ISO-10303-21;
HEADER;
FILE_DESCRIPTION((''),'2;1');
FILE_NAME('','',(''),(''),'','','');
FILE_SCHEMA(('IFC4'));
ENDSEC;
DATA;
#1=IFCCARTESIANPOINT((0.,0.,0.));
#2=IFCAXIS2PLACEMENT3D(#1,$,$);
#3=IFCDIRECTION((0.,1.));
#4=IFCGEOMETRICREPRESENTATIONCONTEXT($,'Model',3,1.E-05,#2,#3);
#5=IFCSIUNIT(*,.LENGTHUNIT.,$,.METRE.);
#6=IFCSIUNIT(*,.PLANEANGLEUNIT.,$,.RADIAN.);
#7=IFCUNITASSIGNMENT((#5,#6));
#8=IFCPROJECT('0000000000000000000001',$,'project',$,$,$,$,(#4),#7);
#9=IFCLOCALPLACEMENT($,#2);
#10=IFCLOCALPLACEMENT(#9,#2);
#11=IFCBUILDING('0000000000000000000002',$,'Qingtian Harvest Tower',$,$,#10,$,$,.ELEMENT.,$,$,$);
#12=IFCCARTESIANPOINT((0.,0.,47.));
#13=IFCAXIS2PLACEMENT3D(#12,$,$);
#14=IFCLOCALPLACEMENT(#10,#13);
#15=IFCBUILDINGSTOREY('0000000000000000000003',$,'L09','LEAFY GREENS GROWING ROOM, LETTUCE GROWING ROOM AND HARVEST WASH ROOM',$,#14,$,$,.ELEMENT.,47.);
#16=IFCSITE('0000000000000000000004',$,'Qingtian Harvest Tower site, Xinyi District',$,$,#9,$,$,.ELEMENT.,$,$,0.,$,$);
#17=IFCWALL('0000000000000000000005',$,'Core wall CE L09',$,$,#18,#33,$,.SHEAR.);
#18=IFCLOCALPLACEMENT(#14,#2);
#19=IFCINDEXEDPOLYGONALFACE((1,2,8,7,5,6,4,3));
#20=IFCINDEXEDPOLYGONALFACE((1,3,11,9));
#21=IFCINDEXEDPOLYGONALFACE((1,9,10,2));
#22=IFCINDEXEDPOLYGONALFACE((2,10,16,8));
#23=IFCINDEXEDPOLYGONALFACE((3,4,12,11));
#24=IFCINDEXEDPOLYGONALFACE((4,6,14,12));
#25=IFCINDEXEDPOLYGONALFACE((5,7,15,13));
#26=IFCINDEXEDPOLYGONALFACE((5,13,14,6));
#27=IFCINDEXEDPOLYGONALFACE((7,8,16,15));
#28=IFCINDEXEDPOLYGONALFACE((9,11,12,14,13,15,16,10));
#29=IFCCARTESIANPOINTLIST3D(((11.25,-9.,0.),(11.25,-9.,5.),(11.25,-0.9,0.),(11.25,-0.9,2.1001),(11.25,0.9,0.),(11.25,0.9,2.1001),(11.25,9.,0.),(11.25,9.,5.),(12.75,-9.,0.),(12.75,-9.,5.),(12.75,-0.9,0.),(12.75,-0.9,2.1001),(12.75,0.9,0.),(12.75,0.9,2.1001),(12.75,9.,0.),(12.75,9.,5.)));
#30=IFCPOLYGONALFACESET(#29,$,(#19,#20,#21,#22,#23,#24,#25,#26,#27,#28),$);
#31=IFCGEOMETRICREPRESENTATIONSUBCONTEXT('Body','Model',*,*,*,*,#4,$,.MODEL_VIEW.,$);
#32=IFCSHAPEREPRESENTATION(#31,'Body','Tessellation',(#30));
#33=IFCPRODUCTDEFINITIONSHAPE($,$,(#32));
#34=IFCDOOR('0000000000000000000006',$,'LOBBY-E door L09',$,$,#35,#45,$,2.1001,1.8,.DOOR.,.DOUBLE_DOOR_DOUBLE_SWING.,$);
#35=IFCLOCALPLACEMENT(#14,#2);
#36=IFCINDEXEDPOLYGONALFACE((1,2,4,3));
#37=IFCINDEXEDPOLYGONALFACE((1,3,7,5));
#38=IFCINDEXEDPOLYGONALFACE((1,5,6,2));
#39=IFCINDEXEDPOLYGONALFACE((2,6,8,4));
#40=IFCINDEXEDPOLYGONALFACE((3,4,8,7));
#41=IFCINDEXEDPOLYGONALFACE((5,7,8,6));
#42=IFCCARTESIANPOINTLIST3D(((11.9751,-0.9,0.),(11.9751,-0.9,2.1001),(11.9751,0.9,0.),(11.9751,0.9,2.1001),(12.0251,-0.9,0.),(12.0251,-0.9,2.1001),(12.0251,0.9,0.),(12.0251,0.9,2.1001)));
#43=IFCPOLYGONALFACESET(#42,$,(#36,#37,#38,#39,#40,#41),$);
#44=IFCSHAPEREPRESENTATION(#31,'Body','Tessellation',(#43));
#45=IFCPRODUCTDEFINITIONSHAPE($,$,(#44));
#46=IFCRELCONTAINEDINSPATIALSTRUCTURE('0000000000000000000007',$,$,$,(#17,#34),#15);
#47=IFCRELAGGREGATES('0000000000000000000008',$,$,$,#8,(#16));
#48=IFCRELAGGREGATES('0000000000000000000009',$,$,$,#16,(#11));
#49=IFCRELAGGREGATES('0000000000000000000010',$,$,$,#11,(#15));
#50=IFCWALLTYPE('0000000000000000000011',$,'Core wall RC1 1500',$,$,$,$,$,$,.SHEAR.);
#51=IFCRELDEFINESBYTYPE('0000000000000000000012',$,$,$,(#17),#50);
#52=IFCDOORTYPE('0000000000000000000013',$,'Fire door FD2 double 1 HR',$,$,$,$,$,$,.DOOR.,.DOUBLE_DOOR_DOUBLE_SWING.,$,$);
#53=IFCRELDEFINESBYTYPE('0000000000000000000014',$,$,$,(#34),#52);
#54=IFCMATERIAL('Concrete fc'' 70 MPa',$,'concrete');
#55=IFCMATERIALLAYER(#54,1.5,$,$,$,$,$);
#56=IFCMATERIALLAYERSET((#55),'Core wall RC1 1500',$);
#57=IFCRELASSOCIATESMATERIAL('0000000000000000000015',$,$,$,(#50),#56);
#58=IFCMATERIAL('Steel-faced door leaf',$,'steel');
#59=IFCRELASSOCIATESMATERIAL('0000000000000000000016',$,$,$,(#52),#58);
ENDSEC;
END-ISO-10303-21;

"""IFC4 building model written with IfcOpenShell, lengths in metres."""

from ifc_helpers import new_model, si_unit, direction, frame, frame_2d, origin, place, context, subcontext, project, spatial, rectangle, extrude, material, layer, layer_set, type_object, element, fill, save


model = new_model("IFC4")

# Units and contexts
model_context = context("Model", 3, precision=1e-05, world=origin(), true_north=direction((0.0, 1.0)))
body_context = subcontext(model_context, "Body", "Model", "MODEL_VIEW")
ifc_project = project(units=[si_unit("LENGTHUNIT", "METRE"), si_unit("PLANEANGLEUNIT", "RADIAN")], contexts=[model_context])

# Site, building, storey
site_placement = place(None, origin())
site = spatial("IfcSite", under=ifc_project, at=site_placement, Name="Qingtian Harvest Tower site, Xinyi District", CompositionType="ELEMENT", RefElevation=0.0)
building_placement = place(site_placement, origin())
building = spatial("IfcBuilding", under=site, at=building_placement, Name="Qingtian Harvest Tower", CompositionType="ELEMENT")
storey_placement = place(building_placement, frame((0.0, 0.0, 47.0)))
storey = spatial("IfcBuildingStorey", under=building, at=storey_placement, Name="L09", Description="LEAFY GREENS GROWING ROOM, LETTUCE GROWING ROOM AND HARVEST WASH ROOM", CompositionType="ELEMENT", Elevation=47.0)

# Wall, opening, door
ifc_material_1 = material(Name="Concrete fc' 70 MPa", Category="concrete")
ifc_layer_1 = layer(ifc_material_1, 1.5)
ifc_layer_set_1 = layer_set([ifc_layer_1], Name="Core wall RC1 1500")
wall_type_1 = type_object("IfcWallType", Name="Core wall RC1 1500", PredefinedType="SHEAR", material=ifc_layer_set_1)
wall_1_placement = place(storey_placement, frame((12.0, -9.0, 0.0), z_axis=(0.0, 0.0, 1.0), x_axis=(0.0, 1.0, 0.0)))
wall_1 = element("IfcWall", 1, at=wall_1_placement, inside=storey, type_object=wall_type_1, Name="Core wall CE L09", PredefinedType="SHEAR", context=body_context, shape_type="SweptSolid", body=[
    extrude(rectangle(XDim=18.0, YDim=1.5, at=frame_2d((9.0, 0.0))), origin(), (0.0, 0.0, 1.0), 5.0),
])
opening_1_placement = place(wall_1_placement, frame((8.1001, 0.0, 0.0)))
opening_1 = element("IfcOpeningElement", 2, at=opening_1_placement, cuts=wall_1, PredefinedType="OPENING", context=body_context, shape_type="SweptSolid", body=[
    extrude(rectangle(XDim=1.8, YDim=2.1001, at=frame_2d((0.8999, 1.05))), frame((0.0, 0.76, 0.0), z_axis=(0.0, -1.0, 0.0), x_axis=(1.0, 0.0, 0.0)), (0.0, 0.0, 1.0), 1.52),
])
ifc_material_2 = material(Name="Steel-faced door leaf", Category="steel")
door_type_1 = type_object("IfcDoorType", Name="Fire door FD2 double 1 HR", OperationType="DOUBLE_DOOR_DOUBLE_SWING", PredefinedType="DOOR", material=ifc_material_2)
door_1_placement = place(opening_1_placement, origin())
door_1 = element("IfcDoor", 3, at=door_1_placement, inside=storey, type_object=door_type_1, Name="LOBBY-E door L09", OperationType="DOUBLE_DOOR_DOUBLE_SWING", OverallHeight=2.1001, OverallWidth=1.8, PredefinedType="DOOR", context=body_context, shape_type="SweptSolid", body=[
    extrude(rectangle(XDim=1.8, YDim=2.1001, at=frame_2d((0.8999, 1.05))), frame((0.0, 0.0249, 0.0), z_axis=(0.0, -1.0, 0.0), x_axis=(1.0, 0.0, 0.0)), (0.0, 0.0, 1.0), 0.05),
])
fill(opening_1, door_1)

save(model, "model.ifc")
